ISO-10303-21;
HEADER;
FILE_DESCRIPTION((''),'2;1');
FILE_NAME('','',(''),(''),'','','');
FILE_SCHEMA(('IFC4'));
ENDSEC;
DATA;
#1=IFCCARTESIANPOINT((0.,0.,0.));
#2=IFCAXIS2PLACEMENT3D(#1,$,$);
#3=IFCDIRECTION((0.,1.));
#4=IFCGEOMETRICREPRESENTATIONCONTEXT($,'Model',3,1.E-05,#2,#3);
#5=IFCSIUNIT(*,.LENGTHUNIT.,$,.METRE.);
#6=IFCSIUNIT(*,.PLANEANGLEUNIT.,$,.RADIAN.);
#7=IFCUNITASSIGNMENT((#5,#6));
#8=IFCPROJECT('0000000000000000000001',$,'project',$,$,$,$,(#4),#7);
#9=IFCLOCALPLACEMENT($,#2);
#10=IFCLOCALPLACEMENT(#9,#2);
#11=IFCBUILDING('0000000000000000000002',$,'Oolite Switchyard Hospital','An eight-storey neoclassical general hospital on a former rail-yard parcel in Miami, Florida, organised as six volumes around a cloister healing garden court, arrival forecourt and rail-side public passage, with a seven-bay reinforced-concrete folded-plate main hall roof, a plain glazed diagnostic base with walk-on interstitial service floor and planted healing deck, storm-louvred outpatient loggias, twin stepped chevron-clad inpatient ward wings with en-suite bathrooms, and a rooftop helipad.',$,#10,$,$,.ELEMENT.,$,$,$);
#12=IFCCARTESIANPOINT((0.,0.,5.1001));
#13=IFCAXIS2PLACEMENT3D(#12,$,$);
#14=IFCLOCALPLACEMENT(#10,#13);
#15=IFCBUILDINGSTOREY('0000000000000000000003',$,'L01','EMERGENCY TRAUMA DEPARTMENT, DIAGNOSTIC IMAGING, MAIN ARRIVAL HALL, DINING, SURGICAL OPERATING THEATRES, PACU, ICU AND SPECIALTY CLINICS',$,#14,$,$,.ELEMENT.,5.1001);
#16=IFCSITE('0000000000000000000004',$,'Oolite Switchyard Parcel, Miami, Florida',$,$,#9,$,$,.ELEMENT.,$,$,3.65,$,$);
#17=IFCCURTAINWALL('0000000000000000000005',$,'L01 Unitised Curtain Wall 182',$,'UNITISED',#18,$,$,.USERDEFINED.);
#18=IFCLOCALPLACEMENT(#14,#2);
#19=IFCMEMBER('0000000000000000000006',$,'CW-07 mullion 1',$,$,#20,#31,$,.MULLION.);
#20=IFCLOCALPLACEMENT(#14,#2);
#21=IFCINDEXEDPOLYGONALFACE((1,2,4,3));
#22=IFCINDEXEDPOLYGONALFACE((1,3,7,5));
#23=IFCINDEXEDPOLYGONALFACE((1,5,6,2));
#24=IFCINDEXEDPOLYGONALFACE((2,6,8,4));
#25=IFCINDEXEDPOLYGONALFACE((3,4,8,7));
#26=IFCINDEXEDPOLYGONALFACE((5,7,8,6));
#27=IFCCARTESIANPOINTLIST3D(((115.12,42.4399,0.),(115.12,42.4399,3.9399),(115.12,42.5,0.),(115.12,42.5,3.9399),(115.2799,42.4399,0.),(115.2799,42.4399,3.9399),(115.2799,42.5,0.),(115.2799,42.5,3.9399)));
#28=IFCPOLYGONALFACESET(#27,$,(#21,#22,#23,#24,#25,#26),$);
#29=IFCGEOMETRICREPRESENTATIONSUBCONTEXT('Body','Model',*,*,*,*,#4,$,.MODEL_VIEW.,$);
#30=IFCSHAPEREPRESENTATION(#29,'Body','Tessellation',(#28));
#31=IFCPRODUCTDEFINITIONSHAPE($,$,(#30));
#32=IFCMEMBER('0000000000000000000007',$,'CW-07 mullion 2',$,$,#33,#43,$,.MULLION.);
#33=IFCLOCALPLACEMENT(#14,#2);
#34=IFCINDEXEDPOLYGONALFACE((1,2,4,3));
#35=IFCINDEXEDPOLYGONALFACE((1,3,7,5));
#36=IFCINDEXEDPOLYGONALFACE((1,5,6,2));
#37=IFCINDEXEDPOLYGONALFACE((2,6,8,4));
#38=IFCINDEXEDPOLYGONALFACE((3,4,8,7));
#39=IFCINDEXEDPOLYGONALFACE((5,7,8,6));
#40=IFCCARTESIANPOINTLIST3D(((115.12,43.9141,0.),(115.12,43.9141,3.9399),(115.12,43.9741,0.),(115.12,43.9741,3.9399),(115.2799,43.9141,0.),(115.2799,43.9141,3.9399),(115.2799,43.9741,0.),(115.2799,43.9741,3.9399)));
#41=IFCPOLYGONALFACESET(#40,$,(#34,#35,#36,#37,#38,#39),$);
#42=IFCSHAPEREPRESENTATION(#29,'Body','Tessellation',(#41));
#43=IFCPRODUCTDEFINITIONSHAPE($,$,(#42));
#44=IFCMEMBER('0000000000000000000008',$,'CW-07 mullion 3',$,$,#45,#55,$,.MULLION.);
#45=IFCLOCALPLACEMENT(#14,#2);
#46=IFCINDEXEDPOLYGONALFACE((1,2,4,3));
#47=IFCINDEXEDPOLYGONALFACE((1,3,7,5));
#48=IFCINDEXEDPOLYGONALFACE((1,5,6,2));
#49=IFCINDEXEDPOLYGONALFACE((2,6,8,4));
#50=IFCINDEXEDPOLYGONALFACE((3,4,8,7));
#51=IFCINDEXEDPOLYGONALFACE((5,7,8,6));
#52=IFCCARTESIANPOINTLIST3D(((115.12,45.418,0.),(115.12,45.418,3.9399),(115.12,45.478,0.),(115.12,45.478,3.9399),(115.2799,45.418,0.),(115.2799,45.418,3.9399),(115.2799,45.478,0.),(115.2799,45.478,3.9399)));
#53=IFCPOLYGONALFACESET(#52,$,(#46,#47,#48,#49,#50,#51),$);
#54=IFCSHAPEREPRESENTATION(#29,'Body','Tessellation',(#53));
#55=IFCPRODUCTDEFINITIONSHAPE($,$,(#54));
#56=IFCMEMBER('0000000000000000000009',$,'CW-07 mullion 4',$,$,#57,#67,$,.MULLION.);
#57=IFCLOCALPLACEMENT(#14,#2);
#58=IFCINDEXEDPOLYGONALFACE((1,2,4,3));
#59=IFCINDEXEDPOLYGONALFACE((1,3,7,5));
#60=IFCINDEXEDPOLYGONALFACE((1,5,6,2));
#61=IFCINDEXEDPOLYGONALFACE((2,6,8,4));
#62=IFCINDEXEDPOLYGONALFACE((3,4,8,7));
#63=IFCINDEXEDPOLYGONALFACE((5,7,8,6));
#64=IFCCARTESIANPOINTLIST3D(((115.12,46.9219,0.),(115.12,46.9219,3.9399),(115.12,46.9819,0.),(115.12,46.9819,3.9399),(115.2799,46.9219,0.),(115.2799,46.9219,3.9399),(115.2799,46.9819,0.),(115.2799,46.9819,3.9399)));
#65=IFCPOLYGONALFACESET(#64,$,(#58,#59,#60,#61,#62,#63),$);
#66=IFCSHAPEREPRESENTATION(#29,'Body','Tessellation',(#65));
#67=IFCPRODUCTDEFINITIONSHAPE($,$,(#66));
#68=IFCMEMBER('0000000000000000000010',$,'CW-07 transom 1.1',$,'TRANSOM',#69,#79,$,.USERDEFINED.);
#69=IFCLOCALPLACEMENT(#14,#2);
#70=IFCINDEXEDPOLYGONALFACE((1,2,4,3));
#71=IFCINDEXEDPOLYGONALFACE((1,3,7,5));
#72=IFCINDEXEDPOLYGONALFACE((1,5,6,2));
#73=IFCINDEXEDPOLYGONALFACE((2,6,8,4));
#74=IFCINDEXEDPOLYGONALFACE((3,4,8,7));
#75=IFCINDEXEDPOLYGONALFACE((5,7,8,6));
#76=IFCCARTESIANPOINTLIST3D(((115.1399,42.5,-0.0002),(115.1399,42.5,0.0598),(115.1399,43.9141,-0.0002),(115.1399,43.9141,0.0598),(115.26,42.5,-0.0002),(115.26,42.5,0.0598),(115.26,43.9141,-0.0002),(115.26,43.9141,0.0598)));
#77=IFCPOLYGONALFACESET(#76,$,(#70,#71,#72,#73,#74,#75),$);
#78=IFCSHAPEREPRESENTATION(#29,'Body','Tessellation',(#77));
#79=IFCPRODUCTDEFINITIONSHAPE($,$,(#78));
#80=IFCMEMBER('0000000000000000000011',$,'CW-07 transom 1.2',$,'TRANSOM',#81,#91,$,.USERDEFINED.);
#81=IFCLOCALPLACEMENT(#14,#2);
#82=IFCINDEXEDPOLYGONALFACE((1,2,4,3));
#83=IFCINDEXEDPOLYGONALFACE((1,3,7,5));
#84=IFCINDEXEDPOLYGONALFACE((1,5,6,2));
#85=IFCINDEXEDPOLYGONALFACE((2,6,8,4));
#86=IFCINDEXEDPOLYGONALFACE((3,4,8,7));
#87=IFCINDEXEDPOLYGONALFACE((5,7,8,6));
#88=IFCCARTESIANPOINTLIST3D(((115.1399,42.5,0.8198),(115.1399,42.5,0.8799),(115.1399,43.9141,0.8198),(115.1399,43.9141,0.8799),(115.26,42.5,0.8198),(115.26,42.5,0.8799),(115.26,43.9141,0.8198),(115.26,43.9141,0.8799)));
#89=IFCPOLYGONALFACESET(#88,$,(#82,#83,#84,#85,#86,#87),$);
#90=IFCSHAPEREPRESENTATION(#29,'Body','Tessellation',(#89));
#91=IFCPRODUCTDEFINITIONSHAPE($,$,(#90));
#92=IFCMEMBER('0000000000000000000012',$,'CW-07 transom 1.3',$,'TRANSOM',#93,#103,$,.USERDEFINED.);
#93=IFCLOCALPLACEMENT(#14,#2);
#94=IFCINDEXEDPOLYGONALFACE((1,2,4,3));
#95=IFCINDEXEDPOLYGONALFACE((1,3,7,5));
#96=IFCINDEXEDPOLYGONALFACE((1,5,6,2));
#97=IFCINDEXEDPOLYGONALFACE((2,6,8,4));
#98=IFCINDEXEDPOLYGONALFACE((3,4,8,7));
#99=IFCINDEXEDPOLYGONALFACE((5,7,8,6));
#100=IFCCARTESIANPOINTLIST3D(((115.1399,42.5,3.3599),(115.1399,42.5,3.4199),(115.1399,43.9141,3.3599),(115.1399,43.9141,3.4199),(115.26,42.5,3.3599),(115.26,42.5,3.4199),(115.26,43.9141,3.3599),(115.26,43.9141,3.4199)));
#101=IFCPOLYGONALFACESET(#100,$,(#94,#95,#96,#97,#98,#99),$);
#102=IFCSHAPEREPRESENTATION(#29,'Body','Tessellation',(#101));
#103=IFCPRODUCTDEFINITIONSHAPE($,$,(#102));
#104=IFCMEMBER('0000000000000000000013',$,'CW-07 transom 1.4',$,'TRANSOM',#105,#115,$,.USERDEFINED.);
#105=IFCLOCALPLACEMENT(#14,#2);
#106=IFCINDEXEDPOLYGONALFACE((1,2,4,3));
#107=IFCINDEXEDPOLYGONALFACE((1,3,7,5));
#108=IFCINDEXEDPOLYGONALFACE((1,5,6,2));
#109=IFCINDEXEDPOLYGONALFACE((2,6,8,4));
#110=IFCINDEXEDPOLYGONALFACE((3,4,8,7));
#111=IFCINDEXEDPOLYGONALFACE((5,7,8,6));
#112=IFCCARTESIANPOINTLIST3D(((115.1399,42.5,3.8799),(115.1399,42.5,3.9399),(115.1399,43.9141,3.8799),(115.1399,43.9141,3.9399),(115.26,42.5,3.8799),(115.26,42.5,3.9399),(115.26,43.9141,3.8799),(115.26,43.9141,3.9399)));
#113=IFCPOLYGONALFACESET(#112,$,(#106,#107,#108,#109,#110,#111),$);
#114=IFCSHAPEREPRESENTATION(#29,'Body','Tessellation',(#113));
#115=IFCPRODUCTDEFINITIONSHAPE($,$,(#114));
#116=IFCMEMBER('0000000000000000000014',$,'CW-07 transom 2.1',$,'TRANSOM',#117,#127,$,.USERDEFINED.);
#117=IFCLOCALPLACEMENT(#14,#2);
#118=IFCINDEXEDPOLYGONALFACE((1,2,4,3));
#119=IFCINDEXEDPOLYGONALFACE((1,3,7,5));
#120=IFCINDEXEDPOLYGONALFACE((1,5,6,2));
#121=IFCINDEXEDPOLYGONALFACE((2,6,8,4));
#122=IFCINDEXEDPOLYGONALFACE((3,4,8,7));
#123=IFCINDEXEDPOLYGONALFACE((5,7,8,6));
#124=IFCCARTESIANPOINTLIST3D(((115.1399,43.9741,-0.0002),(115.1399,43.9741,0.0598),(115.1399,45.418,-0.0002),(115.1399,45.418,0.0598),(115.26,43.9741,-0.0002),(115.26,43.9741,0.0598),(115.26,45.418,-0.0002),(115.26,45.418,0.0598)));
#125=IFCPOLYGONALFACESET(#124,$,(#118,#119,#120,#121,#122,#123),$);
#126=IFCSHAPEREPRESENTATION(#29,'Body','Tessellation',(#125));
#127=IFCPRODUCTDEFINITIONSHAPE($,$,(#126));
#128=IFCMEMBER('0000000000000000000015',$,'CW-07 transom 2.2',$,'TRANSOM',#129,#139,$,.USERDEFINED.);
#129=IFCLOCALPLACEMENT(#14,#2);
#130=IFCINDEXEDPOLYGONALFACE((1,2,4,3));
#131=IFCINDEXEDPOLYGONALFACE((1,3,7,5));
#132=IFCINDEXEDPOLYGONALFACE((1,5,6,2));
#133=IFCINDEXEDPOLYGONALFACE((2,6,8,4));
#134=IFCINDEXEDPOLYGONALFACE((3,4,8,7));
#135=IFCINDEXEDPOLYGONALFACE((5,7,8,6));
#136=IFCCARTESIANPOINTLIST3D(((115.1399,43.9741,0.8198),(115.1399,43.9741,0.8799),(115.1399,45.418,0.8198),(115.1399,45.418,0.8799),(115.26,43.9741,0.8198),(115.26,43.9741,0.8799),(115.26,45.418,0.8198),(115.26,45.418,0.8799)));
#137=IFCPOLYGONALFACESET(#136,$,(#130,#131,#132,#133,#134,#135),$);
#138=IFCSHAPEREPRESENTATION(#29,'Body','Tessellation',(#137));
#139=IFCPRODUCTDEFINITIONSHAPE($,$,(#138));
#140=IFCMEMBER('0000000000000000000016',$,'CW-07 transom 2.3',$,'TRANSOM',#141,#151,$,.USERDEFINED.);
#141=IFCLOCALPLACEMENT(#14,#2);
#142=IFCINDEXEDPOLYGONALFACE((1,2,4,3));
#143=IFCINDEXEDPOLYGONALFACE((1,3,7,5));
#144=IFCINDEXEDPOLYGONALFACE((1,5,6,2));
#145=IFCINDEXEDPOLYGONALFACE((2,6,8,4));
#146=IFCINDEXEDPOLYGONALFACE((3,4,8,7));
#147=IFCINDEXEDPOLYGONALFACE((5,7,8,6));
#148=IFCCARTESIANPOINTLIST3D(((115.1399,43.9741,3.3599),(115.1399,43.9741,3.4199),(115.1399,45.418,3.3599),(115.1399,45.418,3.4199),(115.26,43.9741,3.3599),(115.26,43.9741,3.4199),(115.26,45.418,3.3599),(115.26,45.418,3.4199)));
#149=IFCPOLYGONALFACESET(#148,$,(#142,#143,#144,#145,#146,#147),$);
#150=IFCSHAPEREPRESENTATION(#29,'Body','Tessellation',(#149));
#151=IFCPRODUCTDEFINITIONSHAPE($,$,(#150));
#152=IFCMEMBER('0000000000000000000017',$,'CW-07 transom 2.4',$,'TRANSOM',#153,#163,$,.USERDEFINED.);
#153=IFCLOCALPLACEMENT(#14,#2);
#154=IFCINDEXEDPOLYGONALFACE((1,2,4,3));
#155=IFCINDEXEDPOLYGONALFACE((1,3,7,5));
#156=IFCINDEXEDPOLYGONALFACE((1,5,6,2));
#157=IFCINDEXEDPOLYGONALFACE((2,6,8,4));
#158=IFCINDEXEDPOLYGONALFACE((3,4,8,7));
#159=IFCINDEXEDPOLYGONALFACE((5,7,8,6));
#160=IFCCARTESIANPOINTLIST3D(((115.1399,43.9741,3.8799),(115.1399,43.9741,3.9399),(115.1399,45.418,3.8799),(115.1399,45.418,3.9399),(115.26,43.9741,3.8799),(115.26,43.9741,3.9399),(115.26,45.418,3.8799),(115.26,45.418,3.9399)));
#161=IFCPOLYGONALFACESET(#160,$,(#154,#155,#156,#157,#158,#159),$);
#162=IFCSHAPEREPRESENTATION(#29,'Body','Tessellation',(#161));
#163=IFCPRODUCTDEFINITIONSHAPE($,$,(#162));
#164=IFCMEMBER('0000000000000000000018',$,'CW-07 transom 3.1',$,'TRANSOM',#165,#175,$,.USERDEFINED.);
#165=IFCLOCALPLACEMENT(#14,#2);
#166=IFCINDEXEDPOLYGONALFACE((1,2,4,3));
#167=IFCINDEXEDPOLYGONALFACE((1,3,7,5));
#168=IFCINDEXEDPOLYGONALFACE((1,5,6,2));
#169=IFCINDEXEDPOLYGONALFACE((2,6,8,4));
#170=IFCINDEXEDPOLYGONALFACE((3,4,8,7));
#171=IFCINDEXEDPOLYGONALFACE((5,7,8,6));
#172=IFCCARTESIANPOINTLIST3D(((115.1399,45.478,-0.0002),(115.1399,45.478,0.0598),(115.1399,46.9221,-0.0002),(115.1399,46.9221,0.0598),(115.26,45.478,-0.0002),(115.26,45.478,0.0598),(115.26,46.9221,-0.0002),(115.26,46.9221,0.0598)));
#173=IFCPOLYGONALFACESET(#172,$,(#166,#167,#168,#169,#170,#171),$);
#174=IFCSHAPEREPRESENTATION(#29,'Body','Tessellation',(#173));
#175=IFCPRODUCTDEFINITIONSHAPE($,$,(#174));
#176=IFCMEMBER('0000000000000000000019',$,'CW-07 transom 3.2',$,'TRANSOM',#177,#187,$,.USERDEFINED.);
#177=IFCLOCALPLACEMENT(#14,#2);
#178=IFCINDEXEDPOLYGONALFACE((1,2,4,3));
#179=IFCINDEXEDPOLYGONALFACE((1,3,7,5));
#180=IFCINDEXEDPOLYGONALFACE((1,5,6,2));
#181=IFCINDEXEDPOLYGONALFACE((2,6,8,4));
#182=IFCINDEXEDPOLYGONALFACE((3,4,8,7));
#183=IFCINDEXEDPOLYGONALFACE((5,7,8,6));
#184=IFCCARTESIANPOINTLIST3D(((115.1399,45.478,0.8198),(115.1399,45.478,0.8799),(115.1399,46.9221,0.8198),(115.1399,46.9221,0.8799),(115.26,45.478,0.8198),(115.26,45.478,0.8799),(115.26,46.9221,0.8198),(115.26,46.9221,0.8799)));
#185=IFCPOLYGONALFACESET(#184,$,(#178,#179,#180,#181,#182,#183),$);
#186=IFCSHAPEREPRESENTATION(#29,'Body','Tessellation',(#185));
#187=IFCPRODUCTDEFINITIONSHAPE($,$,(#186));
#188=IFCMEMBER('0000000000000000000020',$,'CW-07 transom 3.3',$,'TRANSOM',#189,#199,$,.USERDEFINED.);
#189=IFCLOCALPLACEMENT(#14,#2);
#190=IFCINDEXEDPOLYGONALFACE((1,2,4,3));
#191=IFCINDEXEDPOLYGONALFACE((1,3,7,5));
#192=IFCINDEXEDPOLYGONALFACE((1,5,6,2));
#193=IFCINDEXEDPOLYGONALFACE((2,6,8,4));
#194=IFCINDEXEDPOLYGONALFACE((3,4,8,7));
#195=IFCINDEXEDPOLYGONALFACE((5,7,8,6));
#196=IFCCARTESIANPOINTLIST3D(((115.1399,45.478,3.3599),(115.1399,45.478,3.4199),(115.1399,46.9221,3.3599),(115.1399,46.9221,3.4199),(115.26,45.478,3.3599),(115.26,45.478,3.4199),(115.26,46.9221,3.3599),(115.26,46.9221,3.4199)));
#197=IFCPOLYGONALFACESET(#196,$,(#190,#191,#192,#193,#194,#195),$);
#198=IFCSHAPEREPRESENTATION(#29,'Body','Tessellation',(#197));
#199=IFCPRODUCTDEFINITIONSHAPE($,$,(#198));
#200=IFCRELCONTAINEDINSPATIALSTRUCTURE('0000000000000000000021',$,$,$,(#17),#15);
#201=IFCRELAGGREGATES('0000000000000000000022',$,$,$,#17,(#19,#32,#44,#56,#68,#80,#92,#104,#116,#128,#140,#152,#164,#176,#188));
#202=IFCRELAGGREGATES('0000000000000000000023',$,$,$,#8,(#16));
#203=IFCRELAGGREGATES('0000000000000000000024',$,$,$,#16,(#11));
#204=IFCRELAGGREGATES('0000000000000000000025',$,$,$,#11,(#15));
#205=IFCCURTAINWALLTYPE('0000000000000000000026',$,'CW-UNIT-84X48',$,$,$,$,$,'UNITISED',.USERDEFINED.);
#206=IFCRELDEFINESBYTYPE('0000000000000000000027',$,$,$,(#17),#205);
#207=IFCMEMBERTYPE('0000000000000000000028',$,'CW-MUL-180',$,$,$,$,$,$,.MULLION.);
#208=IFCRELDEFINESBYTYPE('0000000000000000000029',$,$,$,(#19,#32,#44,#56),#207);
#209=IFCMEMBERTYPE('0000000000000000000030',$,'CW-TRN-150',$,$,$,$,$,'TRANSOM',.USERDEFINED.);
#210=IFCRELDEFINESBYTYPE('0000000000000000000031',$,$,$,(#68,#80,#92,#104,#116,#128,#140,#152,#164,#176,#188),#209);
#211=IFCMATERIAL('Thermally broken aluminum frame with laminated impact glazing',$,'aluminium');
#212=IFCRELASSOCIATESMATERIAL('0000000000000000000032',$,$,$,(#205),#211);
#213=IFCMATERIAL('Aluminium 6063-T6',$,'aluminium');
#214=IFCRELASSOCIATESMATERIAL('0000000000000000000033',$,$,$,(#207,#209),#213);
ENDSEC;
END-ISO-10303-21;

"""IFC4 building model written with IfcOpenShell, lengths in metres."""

from ifc_helpers import new_model, si_unit, direction, frame, origin, origin_2d, place, context, subcontext, project, spatial, rectangle, extrude, material, material_profile, profile_set, type_object, element, aggregate, save


model = new_model("IFC4")

# Units and contexts
model_context = context("Model", 3, precision=1e-05, world=origin(), true_north=direction((0.0, 1.0)))
body_context = subcontext(model_context, "Body", "Model", "MODEL_VIEW")
ifc_project = project(units=[si_unit("LENGTHUNIT", "METRE"), si_unit("PLANEANGLEUNIT", "RADIAN")], contexts=[model_context])

# Site, building, storey
site_placement = place(None, origin())
site = spatial("IfcSite", under=ifc_project, at=site_placement, Name="Oolite Switchyard Parcel, Miami, Florida", CompositionType="ELEMENT", RefElevation=3.65)
building_placement = place(site_placement, origin())
building = spatial("IfcBuilding", under=site, at=building_placement, Name="Oolite Switchyard Hospital", Description="An eight-storey neoclassical general hospital on a former rail-yard parcel in Miami, Florida, organised as six volumes around a cloister healing garden court, arrival forecourt and rail-side public passage, with a seven-bay reinforced-concrete folded-plate main hall roof, a plain glazed diagnostic base with walk-on interstitial service floor and planted healing deck, storm-louvred outpatient loggias, twin stepped chevron-clad inpatient ward wings with en-suite bathrooms, and a rooftop helipad.", CompositionType="ELEMENT")
storey_placement = place(building_placement, frame((0.0, 0.0, 5.1001)))
storey = spatial("IfcBuildingStorey", under=building, at=storey_placement, Name="L01", Description="EMERGENCY TRAUMA DEPARTMENT, DIAGNOSTIC IMAGING, MAIN ARRIVAL HALL, DINING, SURGICAL OPERATING THEATRES, PACU, ICU AND SPECIALTY CLINICS", CompositionType="ELEMENT", Elevation=5.1001)

# Curtain wall, members
ifc_material_1 = material(Name="Thermally broken aluminum frame with laminated impact glazing", Category="aluminium")
curtain_wall_type = type_object("IfcCurtainWallType", Name="CW-UNIT-84X48", ElementType="UNITISED", PredefinedType="USERDEFINED", material=ifc_material_1)
curtain_wall_placement = place(storey_placement, origin())
curtain_wall = element("IfcCurtainWall", 1, at=curtain_wall_placement, inside=storey, type_object=curtain_wall_type, Name="L01 Unitised Curtain Wall 182", ObjectType="UNITISED", PredefinedType="USERDEFINED")
ifc_material_2 = material(Name="Aluminium 6063-T6", Category="aluminium")
ifc_material_profile_1 = material_profile(ifc_material_2, rectangle(XDim=0.1599, YDim=0.0601, at=origin_2d()), Name="CWM60X160")
ifc_profile_set_1 = profile_set([ifc_material_profile_1], Name="Aluminium 6063-T6")
member_type_1 = type_object("IfcMemberType", Name="CW-MUL-180", PredefinedType="MULLION", material=ifc_profile_set_1)
member_1_placement = place(storey_placement, frame((115.2, 42.47, 0.0), z_axis=(0.0, 0.0, 1.0), x_axis=(-1.0, 0.0, 0.0)))
member_1 = element("IfcMember", 2, at=member_1_placement, type_object=member_type_1, Name="CW-07 mullion 1", PredefinedType="MULLION", context=body_context, shape_type="SweptSolid", body=[
    extrude(rectangle(XDim=0.1599, YDim=0.0601, at=origin_2d()), origin(), (0.0, 0.0, 1.0), 3.9399),
])
member_2_placement = place(storey_placement, frame((115.2, 43.9441, 0.0), z_axis=(0.0, 0.0, 1.0), x_axis=(-1.0, 0.0, 0.0)))
member_2 = element("IfcMember", 3, at=member_2_placement, type_object=member_type_1, Name="CW-07 mullion 2", PredefinedType="MULLION", context=body_context, shape_type="SweptSolid", body=[
    extrude(rectangle(XDim=0.1599, YDim=0.0601, at=origin_2d()), origin(), (0.0, 0.0, 1.0), 3.9399),
])
member_3_placement = place(storey_placement, frame((115.2, 45.448, 0.0), z_axis=(0.0, 0.0, 1.0), x_axis=(-1.0, 0.0, 0.0)))
member_3 = element("IfcMember", 4, at=member_3_placement, type_object=member_type_1, Name="CW-07 mullion 3", PredefinedType="MULLION", context=body_context, shape_type="SweptSolid", body=[
    extrude(rectangle(XDim=0.1599, YDim=0.0601, at=origin_2d()), origin(), (0.0, 0.0, 1.0), 3.9399),
])
member_4_placement = place(storey_placement, frame((115.2, 46.9519, 0.0), z_axis=(0.0, 0.0, 1.0), x_axis=(-1.0, 0.0, 0.0)))
member_4 = element("IfcMember", 5, at=member_4_placement, type_object=member_type_1, Name="CW-07 mullion 4", PredefinedType="MULLION", context=body_context, shape_type="SweptSolid", body=[
    extrude(rectangle(XDim=0.1599, YDim=0.0601, at=origin_2d()), origin(), (0.0, 0.0, 1.0), 3.9399),
])
ifc_material_profile_2 = material_profile(ifc_material_2, rectangle(XDim=0.1201, YDim=0.0601, at=origin_2d()), Name="CWT60X120")
ifc_profile_set_2 = profile_set([ifc_material_profile_2], Name="Aluminium 6063-T6")
member_type_2 = type_object("IfcMemberType", Name="CW-TRN-150", ElementType="TRANSOM", PredefinedType="USERDEFINED", material=ifc_profile_set_2)
member_5_placement = place(storey_placement, frame((115.2, 42.5, 0.0298), z_axis=(0.0, 1.0, 0.0), x_axis=(-1.0, 0.0, 0.0)))
member_5 = element("IfcMember", 6, at=member_5_placement, type_object=member_type_2, Name="CW-07 transom 1.1", ObjectType="TRANSOM", PredefinedType="USERDEFINED", context=body_context, shape_type="SweptSolid", body=[
    extrude(rectangle(XDim=0.1201, YDim=0.0601, at=origin_2d()), origin(), (0.0, 0.0, 1.0), 1.4141),
])
member_6_placement = place(storey_placement, frame((115.2, 42.5, 0.8499), z_axis=(0.0, 1.0, 0.0), x_axis=(-1.0, 0.0, 0.0)))
member_6 = element("IfcMember", 7, at=member_6_placement, type_object=member_type_2, Name="CW-07 transom 1.2", ObjectType="TRANSOM", PredefinedType="USERDEFINED", context=body_context, shape_type="SweptSolid", body=[
    extrude(rectangle(XDim=0.1201, YDim=0.0601, at=origin_2d()), origin(), (0.0, 0.0, 1.0), 1.4141),
])
member_7_placement = place(storey_placement, frame((115.2, 42.5, 3.3899), z_axis=(0.0, 1.0, 0.0), x_axis=(-1.0, 0.0, 0.0)))
member_7 = element("IfcMember", 8, at=member_7_placement, type_object=member_type_2, Name="CW-07 transom 1.3", ObjectType="TRANSOM", PredefinedType="USERDEFINED", context=body_context, shape_type="SweptSolid", body=[
    extrude(rectangle(XDim=0.1201, YDim=0.0601, at=origin_2d()), origin(), (0.0, 0.0, 1.0), 1.4141),
])
member_8_placement = place(storey_placement, frame((115.2, 42.5, 3.9099), z_axis=(0.0, 1.0, 0.0), x_axis=(-1.0, 0.0, 0.0)))
member_8 = element("IfcMember", 9, at=member_8_placement, type_object=member_type_2, Name="CW-07 transom 1.4", ObjectType="TRANSOM", PredefinedType="USERDEFINED", context=body_context, shape_type="SweptSolid", body=[
    extrude(rectangle(XDim=0.1201, YDim=0.0601, at=origin_2d()), origin(), (0.0, 0.0, 1.0), 1.4141),
])
member_9_placement = place(storey_placement, frame((115.2, 43.9741, 0.0298), z_axis=(0.0, 1.0, 0.0), x_axis=(-1.0, 0.0, 0.0)))
member_9 = element("IfcMember", 10, at=member_9_placement, type_object=member_type_2, Name="CW-07 transom 2.1", ObjectType="TRANSOM", PredefinedType="USERDEFINED", context=body_context, shape_type="SweptSolid", body=[
    extrude(rectangle(XDim=0.1201, YDim=0.0601, at=origin_2d()), origin(), (0.0, 0.0, 1.0), 1.4438),
])
member_10_placement = place(storey_placement, frame((115.2, 43.9741, 0.8499), z_axis=(0.0, 1.0, 0.0), x_axis=(-1.0, 0.0, 0.0)))
member_10 = element("IfcMember", 11, at=member_10_placement, type_object=member_type_2, Name="CW-07 transom 2.2", ObjectType="TRANSOM", PredefinedType="USERDEFINED", context=body_context, shape_type="SweptSolid", body=[
    extrude(rectangle(XDim=0.1201, YDim=0.0601, at=origin_2d()), origin(), (0.0, 0.0, 1.0), 1.4438),
])
member_11_placement = place(storey_placement, frame((115.2, 43.9741, 3.3899), z_axis=(0.0, 1.0, 0.0), x_axis=(-1.0, 0.0, 0.0)))
member_11 = element("IfcMember", 12, at=member_11_placement, type_object=member_type_2, Name="CW-07 transom 2.3", ObjectType="TRANSOM", PredefinedType="USERDEFINED", context=body_context, shape_type="SweptSolid", body=[
    extrude(rectangle(XDim=0.1201, YDim=0.0601, at=origin_2d()), origin(), (0.0, 0.0, 1.0), 1.4438),
])
member_12_placement = place(storey_placement, frame((115.2, 43.9741, 3.9099), z_axis=(0.0, 1.0, 0.0), x_axis=(-1.0, 0.0, 0.0)))
member_12 = element("IfcMember", 13, at=member_12_placement, type_object=member_type_2, Name="CW-07 transom 2.4", ObjectType="TRANSOM", PredefinedType="USERDEFINED", context=body_context, shape_type="SweptSolid", body=[
    extrude(rectangle(XDim=0.1201, YDim=0.0601, at=origin_2d()), origin(), (0.0, 0.0, 1.0), 1.4438),
])
member_13_placement = place(storey_placement, frame((115.2, 45.478, 0.0298), z_axis=(0.0, 1.0, 0.0), x_axis=(-1.0, 0.0, 0.0)))
member_13 = element("IfcMember", 14, at=member_13_placement, type_object=member_type_2, Name="CW-07 transom 3.1", ObjectType="TRANSOM", PredefinedType="USERDEFINED", context=body_context, shape_type="SweptSolid", body=[
    extrude(rectangle(XDim=0.1201, YDim=0.0601, at=origin_2d()), origin(), (0.0, 0.0, 1.0), 1.4441),
])
member_14_placement = place(storey_placement, frame((115.2, 45.478, 0.8499), z_axis=(0.0, 1.0, 0.0), x_axis=(-1.0, 0.0, 0.0)))
member_14 = element("IfcMember", 15, at=member_14_placement, type_object=member_type_2, Name="CW-07 transom 3.2", ObjectType="TRANSOM", PredefinedType="USERDEFINED", context=body_context, shape_type="SweptSolid", body=[
    extrude(rectangle(XDim=0.1201, YDim=0.0601, at=origin_2d()), origin(), (0.0, 0.0, 1.0), 1.4441),
])
member_15_placement = place(storey_placement, frame((115.2, 45.478, 3.3899), z_axis=(0.0, 1.0, 0.0), x_axis=(-1.0, 0.0, 0.0)))
member_15 = element("IfcMember", 16, at=member_15_placement, type_object=member_type_2, Name="CW-07 transom 3.3", ObjectType="TRANSOM", PredefinedType="USERDEFINED", context=body_context, shape_type="SweptSolid", body=[
    extrude(rectangle(XDim=0.1201, YDim=0.0601, at=origin_2d()), origin(), (0.0, 0.0, 1.0), 1.4441),
])
aggregate(curtain_wall, [member_1, member_2, member_3, member_4, member_5, member_6, member_7, member_8, member_9, member_10, member_11, member_12, member_13, member_14, member_15])

save(model, "model.ifc")
